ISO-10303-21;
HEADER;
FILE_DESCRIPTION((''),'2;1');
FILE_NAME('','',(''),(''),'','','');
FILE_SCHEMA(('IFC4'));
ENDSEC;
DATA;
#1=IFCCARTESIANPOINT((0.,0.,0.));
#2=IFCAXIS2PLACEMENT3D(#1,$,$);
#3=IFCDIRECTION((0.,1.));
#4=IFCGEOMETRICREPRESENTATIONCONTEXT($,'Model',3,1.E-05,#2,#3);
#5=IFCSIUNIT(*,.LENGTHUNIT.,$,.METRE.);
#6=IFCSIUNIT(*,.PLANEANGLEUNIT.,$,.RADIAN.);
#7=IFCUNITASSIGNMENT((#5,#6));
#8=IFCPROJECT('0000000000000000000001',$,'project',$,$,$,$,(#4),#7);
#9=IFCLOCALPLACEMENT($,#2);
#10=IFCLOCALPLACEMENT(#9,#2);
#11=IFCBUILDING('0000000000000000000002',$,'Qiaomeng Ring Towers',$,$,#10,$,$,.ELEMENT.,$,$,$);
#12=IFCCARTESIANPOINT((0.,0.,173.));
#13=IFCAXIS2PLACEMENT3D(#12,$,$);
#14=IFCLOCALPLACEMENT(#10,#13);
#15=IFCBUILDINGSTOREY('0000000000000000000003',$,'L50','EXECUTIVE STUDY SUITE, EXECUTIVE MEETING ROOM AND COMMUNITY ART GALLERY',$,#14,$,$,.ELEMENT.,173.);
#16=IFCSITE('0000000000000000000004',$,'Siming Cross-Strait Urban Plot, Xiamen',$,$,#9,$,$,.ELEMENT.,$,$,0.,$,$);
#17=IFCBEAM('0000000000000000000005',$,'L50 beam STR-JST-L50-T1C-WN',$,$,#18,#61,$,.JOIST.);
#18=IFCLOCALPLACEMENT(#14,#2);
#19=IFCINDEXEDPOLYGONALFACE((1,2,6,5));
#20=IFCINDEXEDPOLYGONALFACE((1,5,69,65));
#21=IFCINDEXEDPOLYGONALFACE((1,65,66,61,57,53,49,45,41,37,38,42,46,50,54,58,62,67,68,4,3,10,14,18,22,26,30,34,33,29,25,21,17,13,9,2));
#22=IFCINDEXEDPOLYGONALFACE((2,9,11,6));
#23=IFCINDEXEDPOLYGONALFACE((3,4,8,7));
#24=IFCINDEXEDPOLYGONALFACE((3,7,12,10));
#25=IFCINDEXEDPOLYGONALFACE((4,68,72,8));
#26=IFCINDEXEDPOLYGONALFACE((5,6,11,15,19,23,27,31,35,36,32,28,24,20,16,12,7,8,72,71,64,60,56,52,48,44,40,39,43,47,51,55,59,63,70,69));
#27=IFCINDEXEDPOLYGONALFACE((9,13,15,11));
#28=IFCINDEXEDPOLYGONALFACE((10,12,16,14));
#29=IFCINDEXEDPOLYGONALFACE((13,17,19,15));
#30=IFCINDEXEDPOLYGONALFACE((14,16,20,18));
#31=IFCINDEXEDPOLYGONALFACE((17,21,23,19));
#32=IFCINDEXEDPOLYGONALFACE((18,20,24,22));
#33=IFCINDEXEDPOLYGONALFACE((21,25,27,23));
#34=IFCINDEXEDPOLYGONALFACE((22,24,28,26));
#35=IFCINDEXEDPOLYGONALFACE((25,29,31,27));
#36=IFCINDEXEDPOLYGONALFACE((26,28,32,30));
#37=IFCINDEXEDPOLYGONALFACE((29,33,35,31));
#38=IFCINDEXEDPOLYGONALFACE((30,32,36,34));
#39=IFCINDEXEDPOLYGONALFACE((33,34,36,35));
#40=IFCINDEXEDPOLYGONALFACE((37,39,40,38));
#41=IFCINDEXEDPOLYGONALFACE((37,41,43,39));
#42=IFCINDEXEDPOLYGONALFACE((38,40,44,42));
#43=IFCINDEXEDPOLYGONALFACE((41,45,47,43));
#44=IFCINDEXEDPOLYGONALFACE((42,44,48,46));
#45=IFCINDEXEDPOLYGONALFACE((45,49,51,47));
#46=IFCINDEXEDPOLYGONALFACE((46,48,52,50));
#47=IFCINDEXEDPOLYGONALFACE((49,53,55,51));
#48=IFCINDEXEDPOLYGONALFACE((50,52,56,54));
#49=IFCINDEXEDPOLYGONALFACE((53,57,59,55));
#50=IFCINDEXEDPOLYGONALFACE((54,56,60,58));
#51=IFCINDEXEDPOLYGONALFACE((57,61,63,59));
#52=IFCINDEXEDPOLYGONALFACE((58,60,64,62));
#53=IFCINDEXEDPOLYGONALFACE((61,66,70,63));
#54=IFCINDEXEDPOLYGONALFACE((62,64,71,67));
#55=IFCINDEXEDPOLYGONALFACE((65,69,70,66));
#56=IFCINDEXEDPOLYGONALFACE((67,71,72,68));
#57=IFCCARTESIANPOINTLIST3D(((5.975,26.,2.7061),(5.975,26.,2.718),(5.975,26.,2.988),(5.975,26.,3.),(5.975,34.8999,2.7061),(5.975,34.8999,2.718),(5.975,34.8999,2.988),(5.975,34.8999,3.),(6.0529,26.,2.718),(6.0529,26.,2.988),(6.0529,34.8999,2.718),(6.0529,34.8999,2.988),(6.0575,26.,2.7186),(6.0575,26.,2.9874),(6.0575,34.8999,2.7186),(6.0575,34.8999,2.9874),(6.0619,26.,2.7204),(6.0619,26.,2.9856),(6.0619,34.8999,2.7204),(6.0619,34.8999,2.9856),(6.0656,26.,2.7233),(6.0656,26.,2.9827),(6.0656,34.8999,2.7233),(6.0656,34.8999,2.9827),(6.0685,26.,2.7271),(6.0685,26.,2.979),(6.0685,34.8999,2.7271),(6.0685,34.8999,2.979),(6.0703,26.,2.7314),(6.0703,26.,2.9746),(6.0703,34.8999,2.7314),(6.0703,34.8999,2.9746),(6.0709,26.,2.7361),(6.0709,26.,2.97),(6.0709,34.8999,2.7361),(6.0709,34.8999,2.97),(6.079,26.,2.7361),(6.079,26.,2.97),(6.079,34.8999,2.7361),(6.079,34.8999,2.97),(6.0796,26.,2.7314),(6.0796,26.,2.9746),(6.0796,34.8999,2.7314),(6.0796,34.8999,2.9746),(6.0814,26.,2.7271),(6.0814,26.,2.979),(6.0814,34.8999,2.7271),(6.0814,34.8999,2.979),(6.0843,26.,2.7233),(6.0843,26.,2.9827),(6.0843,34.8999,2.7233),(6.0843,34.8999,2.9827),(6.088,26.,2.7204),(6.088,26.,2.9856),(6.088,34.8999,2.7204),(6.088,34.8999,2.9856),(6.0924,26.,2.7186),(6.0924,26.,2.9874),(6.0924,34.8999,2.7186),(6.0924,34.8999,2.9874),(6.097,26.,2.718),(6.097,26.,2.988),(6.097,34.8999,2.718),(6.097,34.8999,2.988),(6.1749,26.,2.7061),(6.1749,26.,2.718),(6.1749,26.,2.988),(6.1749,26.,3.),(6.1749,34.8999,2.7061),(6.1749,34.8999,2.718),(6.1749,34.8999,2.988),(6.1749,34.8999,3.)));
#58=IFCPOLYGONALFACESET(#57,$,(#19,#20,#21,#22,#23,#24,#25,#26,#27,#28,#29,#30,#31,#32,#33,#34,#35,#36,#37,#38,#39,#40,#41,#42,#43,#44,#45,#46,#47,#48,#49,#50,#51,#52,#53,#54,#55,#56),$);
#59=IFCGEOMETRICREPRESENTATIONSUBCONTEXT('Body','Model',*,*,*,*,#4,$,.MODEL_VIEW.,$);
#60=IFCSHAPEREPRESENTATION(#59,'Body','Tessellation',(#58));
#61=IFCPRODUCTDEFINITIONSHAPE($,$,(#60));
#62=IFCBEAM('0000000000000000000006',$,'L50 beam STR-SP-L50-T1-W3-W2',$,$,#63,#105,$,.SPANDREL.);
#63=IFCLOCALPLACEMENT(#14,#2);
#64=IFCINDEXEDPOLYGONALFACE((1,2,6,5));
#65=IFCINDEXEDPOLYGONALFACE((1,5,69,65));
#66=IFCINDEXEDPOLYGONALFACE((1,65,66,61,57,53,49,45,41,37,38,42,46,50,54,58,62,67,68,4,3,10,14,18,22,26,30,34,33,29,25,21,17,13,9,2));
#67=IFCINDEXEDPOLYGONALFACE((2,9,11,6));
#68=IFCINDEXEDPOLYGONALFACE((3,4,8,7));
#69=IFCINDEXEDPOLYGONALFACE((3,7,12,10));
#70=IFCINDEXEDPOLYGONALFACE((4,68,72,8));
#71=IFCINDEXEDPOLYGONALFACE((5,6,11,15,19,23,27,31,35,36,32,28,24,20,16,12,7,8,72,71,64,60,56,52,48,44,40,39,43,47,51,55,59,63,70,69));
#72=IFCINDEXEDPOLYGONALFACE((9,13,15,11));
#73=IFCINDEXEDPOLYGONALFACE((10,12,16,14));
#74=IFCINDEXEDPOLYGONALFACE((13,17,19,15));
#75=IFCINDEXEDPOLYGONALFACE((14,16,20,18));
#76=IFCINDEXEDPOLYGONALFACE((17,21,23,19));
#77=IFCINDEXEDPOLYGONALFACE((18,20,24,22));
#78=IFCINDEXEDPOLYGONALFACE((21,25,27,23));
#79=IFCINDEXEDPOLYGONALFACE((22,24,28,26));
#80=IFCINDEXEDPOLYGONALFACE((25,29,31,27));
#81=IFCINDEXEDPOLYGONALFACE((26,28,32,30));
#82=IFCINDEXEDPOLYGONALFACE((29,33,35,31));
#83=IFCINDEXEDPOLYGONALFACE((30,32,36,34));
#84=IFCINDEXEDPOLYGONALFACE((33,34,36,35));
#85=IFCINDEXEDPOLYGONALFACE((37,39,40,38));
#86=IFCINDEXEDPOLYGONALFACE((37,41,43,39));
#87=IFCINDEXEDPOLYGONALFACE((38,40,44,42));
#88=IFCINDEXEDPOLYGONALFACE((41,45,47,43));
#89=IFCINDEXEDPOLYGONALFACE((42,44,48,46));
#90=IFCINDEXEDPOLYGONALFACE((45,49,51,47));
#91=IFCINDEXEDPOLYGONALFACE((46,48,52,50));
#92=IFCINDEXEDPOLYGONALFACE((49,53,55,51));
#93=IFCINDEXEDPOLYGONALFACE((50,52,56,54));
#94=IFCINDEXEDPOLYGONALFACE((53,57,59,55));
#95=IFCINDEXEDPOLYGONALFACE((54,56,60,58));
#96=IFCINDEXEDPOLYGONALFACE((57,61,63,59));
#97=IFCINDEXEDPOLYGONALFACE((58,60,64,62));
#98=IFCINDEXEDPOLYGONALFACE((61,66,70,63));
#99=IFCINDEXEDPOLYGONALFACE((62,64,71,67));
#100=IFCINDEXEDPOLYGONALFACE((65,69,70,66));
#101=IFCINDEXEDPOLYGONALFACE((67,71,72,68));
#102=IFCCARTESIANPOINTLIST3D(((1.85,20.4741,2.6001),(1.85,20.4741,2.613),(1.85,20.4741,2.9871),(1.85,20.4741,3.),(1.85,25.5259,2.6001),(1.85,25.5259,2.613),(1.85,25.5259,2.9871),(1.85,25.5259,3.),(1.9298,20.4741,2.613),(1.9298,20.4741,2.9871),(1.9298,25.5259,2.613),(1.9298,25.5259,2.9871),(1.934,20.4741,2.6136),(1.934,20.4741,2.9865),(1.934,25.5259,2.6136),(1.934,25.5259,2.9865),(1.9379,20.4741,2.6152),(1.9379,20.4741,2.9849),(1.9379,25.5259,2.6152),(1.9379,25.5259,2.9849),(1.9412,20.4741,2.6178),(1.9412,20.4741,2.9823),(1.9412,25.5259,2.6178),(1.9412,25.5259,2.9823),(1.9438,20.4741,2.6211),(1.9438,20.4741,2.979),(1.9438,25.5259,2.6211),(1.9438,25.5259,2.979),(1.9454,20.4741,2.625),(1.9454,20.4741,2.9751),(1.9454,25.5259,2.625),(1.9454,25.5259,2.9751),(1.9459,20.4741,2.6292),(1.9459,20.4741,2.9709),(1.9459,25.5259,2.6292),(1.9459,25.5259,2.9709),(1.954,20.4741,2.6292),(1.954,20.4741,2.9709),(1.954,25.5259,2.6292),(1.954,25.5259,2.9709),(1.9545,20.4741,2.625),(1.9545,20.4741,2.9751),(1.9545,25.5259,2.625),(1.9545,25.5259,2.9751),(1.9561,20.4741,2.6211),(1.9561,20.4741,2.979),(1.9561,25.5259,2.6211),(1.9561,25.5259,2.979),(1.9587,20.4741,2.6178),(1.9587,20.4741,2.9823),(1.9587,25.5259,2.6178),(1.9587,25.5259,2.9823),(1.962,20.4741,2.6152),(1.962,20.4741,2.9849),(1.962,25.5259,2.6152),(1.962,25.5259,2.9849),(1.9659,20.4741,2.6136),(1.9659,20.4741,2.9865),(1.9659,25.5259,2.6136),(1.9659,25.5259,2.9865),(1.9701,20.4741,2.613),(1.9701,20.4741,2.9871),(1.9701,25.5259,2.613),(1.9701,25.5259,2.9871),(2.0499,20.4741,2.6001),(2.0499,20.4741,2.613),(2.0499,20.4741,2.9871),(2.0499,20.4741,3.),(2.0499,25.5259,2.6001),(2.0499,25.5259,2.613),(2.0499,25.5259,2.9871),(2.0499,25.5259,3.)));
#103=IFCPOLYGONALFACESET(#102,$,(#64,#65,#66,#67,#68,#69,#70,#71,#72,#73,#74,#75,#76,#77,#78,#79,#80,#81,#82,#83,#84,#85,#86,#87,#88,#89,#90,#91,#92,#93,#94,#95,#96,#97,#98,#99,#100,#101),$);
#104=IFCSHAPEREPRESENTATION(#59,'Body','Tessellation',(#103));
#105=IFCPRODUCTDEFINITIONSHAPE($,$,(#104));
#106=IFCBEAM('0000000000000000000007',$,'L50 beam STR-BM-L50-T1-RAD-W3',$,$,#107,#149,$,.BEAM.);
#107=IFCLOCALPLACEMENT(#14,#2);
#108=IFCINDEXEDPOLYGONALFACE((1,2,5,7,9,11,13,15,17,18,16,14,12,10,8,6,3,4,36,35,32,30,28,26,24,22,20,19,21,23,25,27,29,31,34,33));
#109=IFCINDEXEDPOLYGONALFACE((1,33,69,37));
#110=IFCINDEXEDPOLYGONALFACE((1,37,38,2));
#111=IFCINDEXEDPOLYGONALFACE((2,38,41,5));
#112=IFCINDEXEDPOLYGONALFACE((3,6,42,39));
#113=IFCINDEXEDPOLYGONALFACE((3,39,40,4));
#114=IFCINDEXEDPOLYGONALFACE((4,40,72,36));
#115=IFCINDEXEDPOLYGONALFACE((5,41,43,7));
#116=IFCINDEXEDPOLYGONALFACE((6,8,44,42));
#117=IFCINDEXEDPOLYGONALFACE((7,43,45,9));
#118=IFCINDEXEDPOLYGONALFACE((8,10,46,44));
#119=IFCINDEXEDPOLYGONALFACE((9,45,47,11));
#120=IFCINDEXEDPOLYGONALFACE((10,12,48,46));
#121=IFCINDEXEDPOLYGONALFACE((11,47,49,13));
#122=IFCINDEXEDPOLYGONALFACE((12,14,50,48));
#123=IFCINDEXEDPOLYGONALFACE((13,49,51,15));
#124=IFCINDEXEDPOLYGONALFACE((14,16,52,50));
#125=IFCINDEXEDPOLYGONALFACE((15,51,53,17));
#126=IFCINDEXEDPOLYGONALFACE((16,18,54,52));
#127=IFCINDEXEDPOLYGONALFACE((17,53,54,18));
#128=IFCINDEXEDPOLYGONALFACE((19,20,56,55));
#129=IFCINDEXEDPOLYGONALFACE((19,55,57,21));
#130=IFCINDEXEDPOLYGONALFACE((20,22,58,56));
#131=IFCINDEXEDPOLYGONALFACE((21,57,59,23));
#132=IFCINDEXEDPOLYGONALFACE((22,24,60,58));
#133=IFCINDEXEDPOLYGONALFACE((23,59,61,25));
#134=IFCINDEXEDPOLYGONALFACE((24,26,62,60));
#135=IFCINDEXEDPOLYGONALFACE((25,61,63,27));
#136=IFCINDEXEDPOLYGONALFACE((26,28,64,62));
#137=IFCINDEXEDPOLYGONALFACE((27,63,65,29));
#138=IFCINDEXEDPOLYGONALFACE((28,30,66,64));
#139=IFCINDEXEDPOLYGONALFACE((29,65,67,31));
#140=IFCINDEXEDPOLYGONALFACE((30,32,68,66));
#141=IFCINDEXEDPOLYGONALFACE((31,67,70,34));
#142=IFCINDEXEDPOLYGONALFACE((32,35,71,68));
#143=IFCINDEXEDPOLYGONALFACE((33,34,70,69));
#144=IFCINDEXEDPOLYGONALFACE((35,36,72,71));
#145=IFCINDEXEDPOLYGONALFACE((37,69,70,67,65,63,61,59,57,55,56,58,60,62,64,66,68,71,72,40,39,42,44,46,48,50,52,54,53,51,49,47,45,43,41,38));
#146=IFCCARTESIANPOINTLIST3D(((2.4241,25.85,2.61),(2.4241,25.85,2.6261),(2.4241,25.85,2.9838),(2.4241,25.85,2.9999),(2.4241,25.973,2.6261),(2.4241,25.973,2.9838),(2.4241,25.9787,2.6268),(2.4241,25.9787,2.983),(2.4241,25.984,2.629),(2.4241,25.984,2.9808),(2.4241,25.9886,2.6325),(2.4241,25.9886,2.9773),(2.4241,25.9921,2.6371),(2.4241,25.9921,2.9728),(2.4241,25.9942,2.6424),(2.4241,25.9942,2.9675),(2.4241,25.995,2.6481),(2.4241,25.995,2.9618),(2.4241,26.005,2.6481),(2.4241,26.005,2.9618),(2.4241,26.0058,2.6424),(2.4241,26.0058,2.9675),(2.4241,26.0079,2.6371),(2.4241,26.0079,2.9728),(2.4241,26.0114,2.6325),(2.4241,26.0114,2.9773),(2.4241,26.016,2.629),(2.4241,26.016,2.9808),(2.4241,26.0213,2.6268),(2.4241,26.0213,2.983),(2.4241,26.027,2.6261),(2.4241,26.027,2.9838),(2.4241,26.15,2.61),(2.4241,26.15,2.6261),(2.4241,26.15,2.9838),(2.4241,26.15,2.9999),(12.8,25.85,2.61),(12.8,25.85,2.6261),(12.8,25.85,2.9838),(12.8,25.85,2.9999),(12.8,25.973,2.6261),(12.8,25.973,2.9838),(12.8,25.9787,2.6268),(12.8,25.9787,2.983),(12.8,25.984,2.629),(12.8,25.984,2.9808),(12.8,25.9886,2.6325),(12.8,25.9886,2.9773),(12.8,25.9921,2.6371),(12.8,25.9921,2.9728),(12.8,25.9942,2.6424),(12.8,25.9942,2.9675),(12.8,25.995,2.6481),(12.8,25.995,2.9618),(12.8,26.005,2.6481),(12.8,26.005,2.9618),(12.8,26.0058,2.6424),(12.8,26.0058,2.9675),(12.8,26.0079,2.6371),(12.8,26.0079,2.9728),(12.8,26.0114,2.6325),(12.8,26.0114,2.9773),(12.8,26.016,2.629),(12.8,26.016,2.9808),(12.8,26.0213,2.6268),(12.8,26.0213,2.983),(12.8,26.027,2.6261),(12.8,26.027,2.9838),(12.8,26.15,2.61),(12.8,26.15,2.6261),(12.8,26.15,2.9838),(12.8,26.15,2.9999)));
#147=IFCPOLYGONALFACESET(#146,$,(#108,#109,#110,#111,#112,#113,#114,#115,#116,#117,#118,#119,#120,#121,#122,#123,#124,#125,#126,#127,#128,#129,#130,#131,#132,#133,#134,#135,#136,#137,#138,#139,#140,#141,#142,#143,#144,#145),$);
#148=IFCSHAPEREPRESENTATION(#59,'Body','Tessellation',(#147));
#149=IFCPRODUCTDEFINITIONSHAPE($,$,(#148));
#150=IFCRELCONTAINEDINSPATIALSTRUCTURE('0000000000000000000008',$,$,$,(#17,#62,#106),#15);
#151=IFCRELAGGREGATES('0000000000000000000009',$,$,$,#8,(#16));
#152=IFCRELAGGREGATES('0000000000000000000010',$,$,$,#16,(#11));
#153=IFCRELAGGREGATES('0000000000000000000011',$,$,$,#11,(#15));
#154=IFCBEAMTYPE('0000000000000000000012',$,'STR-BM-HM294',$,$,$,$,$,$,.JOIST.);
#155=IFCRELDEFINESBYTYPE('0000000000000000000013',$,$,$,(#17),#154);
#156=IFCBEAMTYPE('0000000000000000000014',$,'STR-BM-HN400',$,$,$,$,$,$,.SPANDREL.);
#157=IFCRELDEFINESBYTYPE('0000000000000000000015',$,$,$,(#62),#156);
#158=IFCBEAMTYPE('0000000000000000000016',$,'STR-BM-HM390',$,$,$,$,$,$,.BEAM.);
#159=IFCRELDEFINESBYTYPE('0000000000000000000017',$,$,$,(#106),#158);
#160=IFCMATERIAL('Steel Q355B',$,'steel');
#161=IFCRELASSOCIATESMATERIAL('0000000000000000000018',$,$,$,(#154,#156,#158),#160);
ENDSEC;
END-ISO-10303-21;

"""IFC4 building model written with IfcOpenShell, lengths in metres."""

from ifc_helpers import new_model, si_unit, direction, frame, origin, origin_2d, place, context, subcontext, project, spatial, i_section, extrude, source, transform, mapped, material, material_profile, profile_set, type_object, element, save


model = new_model("IFC4")

# Units and contexts
model_context = context("Model", 3, precision=1e-05, world=origin(), true_north=direction((0.0, 1.0)))
body_context = subcontext(model_context, "Body", "Model", "MODEL_VIEW")
ifc_project = project(units=[si_unit("LENGTHUNIT", "METRE"), si_unit("PLANEANGLEUNIT", "RADIAN")], contexts=[model_context])

# Site, building, storey
site_placement = place(None, origin())
site = spatial("IfcSite", under=ifc_project, at=site_placement, Name="Siming Cross-Strait Urban Plot, Xiamen", CompositionType="ELEMENT", RefElevation=0.0)
building_placement = place(site_placement, origin())
building = spatial("IfcBuilding", under=site, at=building_placement, Name="Qiaomeng Ring Towers", CompositionType="ELEMENT")
storey_placement = place(building_placement, frame((0.0, 0.0, 173.0)))
storey = spatial("IfcBuildingStorey", under=building, at=storey_placement, Name="L50", Description="EXECUTIVE STUDY SUITE, EXECUTIVE MEETING ROOM AND COMMUNITY ART GALLERY", CompositionType="ELEMENT", Elevation=173.0)

# Beams
ifc_material_1 = material(Name="Steel Q355B", Category="steel")
ifc_material_profile_1 = material_profile(ifc_material_1, i_section(OverallWidth=0.2, OverallDepth=0.2939, WebThickness=0.0081, FlangeThickness=0.012, FilletRadius=0.0181, at=origin_2d()), Name="HM 294x200x8x12")
ifc_profile_set_1 = profile_set([ifc_material_profile_1], Name="Steel Q355B")
beam_type_1 = type_object("IfcBeamType", Name="STR-BM-HM294", PredefinedType="JOIST", material=ifc_profile_set_1)
shared_shape_1 = source(origin(), body_context, "Body", "SweptSolid", [
    extrude(i_section(OverallWidth=0.2, OverallDepth=0.2939, WebThickness=0.0081, FlangeThickness=0.012, FilletRadius=0.0181, at=origin_2d()), origin(), (0.0, 0.0, 1.0), 8.8999),
])
beam_1_placement = place(storey_placement, frame((6.075, 26.0, 2.853), z_axis=(0.0, 1.0, 0.0), x_axis=(-1.0, 0.0, 0.0)))
element("IfcBeam", 1, at=beam_1_placement, inside=storey, type_object=beam_type_1, Name="L50 beam STR-JST-L50-T1C-WN", PredefinedType="JOIST", context=body_context, shape_type="MappedRepresentation", body=[
    mapped(shared_shape_1, transform((0.0, 0.0, 0.0), x_axis=(1.0, 0.0, 0.0), y_axis=(0.0, 1.0, 0.0), z_axis=(0.0, 0.0, 1.0), scale=1.0)),
])
ifc_material_profile_2 = material_profile(ifc_material_1, i_section(OverallWidth=0.2, OverallDepth=0.3999, WebThickness=0.0081, FlangeThickness=0.0129, FilletRadius=0.0161, at=origin_2d()), Name="HN 400x200x8x13")
ifc_profile_set_2 = profile_set([ifc_material_profile_2], Name="Steel Q355B")
beam_type_2 = type_object("IfcBeamType", Name="STR-BM-HN400", PredefinedType="SPANDREL", material=ifc_profile_set_2)
shared_shape_2 = source(origin(), body_context, "Body", "SweptSolid", [
    extrude(i_section(OverallWidth=0.2, OverallDepth=0.3999, WebThickness=0.0081, FlangeThickness=0.0129, FilletRadius=0.0161, at=origin_2d()), origin(), (0.0, 0.0, 1.0), 5.0518),
])
beam_2_placement = place(storey_placement, frame((1.95, 25.5259, 2.8), z_axis=(0.0, -1.0, 0.0), x_axis=(1.0, 0.0, 0.0)))
element("IfcBeam", 2, at=beam_2_placement, inside=storey, type_object=beam_type_2, Name="L50 beam STR-SP-L50-T1-W3-W2", PredefinedType="SPANDREL", context=body_context, shape_type="MappedRepresentation", body=[
    mapped(shared_shape_2, transform((0.0, 0.0, 0.0), x_axis=(1.0, 0.0, 0.0), y_axis=(0.0, 1.0, 0.0), z_axis=(0.0, 0.0, 1.0), scale=1.0)),
])
ifc_material_profile_3 = material_profile(ifc_material_1, i_section(OverallWidth=0.3, OverallDepth=0.3899, WebThickness=0.01, FlangeThickness=0.0161, FilletRadius=0.022, at=origin_2d()), Name="HM 390x300x10x16")
ifc_profile_set_3 = profile_set([ifc_material_profile_3], Name="Steel Q355B")
beam_type_3 = type_object("IfcBeamType", Name="STR-BM-HM390", PredefinedType="BEAM", material=ifc_profile_set_3)
shared_shape_3 = source(origin(), body_context, "Body", "SweptSolid", [
    extrude(i_section(OverallWidth=0.3, OverallDepth=0.3899, WebThickness=0.01, FlangeThickness=0.0161, FilletRadius=0.022, at=origin_2d()), origin(), (0.0, 0.0, 1.0), 10.376),
])
beam_3_placement = place(storey_placement, frame((2.4241, 26.0, 2.8049), z_axis=(1.0, 0.0, 0.0), x_axis=(0.0, 1.0, 0.0)))
element("IfcBeam", 3, at=beam_3_placement, inside=storey, type_object=beam_type_3, Name="L50 beam STR-BM-L50-T1-RAD-W3", PredefinedType="BEAM", context=body_context, shape_type="MappedRepresentation", body=[
    mapped(shared_shape_3, transform((0.0, 0.0, 0.0), x_axis=(1.0, 0.0, 0.0), y_axis=(0.0, 1.0, 0.0), z_axis=(0.0, 0.0, 1.0), scale=1.0)),
])

save(model, "model.ifc")
